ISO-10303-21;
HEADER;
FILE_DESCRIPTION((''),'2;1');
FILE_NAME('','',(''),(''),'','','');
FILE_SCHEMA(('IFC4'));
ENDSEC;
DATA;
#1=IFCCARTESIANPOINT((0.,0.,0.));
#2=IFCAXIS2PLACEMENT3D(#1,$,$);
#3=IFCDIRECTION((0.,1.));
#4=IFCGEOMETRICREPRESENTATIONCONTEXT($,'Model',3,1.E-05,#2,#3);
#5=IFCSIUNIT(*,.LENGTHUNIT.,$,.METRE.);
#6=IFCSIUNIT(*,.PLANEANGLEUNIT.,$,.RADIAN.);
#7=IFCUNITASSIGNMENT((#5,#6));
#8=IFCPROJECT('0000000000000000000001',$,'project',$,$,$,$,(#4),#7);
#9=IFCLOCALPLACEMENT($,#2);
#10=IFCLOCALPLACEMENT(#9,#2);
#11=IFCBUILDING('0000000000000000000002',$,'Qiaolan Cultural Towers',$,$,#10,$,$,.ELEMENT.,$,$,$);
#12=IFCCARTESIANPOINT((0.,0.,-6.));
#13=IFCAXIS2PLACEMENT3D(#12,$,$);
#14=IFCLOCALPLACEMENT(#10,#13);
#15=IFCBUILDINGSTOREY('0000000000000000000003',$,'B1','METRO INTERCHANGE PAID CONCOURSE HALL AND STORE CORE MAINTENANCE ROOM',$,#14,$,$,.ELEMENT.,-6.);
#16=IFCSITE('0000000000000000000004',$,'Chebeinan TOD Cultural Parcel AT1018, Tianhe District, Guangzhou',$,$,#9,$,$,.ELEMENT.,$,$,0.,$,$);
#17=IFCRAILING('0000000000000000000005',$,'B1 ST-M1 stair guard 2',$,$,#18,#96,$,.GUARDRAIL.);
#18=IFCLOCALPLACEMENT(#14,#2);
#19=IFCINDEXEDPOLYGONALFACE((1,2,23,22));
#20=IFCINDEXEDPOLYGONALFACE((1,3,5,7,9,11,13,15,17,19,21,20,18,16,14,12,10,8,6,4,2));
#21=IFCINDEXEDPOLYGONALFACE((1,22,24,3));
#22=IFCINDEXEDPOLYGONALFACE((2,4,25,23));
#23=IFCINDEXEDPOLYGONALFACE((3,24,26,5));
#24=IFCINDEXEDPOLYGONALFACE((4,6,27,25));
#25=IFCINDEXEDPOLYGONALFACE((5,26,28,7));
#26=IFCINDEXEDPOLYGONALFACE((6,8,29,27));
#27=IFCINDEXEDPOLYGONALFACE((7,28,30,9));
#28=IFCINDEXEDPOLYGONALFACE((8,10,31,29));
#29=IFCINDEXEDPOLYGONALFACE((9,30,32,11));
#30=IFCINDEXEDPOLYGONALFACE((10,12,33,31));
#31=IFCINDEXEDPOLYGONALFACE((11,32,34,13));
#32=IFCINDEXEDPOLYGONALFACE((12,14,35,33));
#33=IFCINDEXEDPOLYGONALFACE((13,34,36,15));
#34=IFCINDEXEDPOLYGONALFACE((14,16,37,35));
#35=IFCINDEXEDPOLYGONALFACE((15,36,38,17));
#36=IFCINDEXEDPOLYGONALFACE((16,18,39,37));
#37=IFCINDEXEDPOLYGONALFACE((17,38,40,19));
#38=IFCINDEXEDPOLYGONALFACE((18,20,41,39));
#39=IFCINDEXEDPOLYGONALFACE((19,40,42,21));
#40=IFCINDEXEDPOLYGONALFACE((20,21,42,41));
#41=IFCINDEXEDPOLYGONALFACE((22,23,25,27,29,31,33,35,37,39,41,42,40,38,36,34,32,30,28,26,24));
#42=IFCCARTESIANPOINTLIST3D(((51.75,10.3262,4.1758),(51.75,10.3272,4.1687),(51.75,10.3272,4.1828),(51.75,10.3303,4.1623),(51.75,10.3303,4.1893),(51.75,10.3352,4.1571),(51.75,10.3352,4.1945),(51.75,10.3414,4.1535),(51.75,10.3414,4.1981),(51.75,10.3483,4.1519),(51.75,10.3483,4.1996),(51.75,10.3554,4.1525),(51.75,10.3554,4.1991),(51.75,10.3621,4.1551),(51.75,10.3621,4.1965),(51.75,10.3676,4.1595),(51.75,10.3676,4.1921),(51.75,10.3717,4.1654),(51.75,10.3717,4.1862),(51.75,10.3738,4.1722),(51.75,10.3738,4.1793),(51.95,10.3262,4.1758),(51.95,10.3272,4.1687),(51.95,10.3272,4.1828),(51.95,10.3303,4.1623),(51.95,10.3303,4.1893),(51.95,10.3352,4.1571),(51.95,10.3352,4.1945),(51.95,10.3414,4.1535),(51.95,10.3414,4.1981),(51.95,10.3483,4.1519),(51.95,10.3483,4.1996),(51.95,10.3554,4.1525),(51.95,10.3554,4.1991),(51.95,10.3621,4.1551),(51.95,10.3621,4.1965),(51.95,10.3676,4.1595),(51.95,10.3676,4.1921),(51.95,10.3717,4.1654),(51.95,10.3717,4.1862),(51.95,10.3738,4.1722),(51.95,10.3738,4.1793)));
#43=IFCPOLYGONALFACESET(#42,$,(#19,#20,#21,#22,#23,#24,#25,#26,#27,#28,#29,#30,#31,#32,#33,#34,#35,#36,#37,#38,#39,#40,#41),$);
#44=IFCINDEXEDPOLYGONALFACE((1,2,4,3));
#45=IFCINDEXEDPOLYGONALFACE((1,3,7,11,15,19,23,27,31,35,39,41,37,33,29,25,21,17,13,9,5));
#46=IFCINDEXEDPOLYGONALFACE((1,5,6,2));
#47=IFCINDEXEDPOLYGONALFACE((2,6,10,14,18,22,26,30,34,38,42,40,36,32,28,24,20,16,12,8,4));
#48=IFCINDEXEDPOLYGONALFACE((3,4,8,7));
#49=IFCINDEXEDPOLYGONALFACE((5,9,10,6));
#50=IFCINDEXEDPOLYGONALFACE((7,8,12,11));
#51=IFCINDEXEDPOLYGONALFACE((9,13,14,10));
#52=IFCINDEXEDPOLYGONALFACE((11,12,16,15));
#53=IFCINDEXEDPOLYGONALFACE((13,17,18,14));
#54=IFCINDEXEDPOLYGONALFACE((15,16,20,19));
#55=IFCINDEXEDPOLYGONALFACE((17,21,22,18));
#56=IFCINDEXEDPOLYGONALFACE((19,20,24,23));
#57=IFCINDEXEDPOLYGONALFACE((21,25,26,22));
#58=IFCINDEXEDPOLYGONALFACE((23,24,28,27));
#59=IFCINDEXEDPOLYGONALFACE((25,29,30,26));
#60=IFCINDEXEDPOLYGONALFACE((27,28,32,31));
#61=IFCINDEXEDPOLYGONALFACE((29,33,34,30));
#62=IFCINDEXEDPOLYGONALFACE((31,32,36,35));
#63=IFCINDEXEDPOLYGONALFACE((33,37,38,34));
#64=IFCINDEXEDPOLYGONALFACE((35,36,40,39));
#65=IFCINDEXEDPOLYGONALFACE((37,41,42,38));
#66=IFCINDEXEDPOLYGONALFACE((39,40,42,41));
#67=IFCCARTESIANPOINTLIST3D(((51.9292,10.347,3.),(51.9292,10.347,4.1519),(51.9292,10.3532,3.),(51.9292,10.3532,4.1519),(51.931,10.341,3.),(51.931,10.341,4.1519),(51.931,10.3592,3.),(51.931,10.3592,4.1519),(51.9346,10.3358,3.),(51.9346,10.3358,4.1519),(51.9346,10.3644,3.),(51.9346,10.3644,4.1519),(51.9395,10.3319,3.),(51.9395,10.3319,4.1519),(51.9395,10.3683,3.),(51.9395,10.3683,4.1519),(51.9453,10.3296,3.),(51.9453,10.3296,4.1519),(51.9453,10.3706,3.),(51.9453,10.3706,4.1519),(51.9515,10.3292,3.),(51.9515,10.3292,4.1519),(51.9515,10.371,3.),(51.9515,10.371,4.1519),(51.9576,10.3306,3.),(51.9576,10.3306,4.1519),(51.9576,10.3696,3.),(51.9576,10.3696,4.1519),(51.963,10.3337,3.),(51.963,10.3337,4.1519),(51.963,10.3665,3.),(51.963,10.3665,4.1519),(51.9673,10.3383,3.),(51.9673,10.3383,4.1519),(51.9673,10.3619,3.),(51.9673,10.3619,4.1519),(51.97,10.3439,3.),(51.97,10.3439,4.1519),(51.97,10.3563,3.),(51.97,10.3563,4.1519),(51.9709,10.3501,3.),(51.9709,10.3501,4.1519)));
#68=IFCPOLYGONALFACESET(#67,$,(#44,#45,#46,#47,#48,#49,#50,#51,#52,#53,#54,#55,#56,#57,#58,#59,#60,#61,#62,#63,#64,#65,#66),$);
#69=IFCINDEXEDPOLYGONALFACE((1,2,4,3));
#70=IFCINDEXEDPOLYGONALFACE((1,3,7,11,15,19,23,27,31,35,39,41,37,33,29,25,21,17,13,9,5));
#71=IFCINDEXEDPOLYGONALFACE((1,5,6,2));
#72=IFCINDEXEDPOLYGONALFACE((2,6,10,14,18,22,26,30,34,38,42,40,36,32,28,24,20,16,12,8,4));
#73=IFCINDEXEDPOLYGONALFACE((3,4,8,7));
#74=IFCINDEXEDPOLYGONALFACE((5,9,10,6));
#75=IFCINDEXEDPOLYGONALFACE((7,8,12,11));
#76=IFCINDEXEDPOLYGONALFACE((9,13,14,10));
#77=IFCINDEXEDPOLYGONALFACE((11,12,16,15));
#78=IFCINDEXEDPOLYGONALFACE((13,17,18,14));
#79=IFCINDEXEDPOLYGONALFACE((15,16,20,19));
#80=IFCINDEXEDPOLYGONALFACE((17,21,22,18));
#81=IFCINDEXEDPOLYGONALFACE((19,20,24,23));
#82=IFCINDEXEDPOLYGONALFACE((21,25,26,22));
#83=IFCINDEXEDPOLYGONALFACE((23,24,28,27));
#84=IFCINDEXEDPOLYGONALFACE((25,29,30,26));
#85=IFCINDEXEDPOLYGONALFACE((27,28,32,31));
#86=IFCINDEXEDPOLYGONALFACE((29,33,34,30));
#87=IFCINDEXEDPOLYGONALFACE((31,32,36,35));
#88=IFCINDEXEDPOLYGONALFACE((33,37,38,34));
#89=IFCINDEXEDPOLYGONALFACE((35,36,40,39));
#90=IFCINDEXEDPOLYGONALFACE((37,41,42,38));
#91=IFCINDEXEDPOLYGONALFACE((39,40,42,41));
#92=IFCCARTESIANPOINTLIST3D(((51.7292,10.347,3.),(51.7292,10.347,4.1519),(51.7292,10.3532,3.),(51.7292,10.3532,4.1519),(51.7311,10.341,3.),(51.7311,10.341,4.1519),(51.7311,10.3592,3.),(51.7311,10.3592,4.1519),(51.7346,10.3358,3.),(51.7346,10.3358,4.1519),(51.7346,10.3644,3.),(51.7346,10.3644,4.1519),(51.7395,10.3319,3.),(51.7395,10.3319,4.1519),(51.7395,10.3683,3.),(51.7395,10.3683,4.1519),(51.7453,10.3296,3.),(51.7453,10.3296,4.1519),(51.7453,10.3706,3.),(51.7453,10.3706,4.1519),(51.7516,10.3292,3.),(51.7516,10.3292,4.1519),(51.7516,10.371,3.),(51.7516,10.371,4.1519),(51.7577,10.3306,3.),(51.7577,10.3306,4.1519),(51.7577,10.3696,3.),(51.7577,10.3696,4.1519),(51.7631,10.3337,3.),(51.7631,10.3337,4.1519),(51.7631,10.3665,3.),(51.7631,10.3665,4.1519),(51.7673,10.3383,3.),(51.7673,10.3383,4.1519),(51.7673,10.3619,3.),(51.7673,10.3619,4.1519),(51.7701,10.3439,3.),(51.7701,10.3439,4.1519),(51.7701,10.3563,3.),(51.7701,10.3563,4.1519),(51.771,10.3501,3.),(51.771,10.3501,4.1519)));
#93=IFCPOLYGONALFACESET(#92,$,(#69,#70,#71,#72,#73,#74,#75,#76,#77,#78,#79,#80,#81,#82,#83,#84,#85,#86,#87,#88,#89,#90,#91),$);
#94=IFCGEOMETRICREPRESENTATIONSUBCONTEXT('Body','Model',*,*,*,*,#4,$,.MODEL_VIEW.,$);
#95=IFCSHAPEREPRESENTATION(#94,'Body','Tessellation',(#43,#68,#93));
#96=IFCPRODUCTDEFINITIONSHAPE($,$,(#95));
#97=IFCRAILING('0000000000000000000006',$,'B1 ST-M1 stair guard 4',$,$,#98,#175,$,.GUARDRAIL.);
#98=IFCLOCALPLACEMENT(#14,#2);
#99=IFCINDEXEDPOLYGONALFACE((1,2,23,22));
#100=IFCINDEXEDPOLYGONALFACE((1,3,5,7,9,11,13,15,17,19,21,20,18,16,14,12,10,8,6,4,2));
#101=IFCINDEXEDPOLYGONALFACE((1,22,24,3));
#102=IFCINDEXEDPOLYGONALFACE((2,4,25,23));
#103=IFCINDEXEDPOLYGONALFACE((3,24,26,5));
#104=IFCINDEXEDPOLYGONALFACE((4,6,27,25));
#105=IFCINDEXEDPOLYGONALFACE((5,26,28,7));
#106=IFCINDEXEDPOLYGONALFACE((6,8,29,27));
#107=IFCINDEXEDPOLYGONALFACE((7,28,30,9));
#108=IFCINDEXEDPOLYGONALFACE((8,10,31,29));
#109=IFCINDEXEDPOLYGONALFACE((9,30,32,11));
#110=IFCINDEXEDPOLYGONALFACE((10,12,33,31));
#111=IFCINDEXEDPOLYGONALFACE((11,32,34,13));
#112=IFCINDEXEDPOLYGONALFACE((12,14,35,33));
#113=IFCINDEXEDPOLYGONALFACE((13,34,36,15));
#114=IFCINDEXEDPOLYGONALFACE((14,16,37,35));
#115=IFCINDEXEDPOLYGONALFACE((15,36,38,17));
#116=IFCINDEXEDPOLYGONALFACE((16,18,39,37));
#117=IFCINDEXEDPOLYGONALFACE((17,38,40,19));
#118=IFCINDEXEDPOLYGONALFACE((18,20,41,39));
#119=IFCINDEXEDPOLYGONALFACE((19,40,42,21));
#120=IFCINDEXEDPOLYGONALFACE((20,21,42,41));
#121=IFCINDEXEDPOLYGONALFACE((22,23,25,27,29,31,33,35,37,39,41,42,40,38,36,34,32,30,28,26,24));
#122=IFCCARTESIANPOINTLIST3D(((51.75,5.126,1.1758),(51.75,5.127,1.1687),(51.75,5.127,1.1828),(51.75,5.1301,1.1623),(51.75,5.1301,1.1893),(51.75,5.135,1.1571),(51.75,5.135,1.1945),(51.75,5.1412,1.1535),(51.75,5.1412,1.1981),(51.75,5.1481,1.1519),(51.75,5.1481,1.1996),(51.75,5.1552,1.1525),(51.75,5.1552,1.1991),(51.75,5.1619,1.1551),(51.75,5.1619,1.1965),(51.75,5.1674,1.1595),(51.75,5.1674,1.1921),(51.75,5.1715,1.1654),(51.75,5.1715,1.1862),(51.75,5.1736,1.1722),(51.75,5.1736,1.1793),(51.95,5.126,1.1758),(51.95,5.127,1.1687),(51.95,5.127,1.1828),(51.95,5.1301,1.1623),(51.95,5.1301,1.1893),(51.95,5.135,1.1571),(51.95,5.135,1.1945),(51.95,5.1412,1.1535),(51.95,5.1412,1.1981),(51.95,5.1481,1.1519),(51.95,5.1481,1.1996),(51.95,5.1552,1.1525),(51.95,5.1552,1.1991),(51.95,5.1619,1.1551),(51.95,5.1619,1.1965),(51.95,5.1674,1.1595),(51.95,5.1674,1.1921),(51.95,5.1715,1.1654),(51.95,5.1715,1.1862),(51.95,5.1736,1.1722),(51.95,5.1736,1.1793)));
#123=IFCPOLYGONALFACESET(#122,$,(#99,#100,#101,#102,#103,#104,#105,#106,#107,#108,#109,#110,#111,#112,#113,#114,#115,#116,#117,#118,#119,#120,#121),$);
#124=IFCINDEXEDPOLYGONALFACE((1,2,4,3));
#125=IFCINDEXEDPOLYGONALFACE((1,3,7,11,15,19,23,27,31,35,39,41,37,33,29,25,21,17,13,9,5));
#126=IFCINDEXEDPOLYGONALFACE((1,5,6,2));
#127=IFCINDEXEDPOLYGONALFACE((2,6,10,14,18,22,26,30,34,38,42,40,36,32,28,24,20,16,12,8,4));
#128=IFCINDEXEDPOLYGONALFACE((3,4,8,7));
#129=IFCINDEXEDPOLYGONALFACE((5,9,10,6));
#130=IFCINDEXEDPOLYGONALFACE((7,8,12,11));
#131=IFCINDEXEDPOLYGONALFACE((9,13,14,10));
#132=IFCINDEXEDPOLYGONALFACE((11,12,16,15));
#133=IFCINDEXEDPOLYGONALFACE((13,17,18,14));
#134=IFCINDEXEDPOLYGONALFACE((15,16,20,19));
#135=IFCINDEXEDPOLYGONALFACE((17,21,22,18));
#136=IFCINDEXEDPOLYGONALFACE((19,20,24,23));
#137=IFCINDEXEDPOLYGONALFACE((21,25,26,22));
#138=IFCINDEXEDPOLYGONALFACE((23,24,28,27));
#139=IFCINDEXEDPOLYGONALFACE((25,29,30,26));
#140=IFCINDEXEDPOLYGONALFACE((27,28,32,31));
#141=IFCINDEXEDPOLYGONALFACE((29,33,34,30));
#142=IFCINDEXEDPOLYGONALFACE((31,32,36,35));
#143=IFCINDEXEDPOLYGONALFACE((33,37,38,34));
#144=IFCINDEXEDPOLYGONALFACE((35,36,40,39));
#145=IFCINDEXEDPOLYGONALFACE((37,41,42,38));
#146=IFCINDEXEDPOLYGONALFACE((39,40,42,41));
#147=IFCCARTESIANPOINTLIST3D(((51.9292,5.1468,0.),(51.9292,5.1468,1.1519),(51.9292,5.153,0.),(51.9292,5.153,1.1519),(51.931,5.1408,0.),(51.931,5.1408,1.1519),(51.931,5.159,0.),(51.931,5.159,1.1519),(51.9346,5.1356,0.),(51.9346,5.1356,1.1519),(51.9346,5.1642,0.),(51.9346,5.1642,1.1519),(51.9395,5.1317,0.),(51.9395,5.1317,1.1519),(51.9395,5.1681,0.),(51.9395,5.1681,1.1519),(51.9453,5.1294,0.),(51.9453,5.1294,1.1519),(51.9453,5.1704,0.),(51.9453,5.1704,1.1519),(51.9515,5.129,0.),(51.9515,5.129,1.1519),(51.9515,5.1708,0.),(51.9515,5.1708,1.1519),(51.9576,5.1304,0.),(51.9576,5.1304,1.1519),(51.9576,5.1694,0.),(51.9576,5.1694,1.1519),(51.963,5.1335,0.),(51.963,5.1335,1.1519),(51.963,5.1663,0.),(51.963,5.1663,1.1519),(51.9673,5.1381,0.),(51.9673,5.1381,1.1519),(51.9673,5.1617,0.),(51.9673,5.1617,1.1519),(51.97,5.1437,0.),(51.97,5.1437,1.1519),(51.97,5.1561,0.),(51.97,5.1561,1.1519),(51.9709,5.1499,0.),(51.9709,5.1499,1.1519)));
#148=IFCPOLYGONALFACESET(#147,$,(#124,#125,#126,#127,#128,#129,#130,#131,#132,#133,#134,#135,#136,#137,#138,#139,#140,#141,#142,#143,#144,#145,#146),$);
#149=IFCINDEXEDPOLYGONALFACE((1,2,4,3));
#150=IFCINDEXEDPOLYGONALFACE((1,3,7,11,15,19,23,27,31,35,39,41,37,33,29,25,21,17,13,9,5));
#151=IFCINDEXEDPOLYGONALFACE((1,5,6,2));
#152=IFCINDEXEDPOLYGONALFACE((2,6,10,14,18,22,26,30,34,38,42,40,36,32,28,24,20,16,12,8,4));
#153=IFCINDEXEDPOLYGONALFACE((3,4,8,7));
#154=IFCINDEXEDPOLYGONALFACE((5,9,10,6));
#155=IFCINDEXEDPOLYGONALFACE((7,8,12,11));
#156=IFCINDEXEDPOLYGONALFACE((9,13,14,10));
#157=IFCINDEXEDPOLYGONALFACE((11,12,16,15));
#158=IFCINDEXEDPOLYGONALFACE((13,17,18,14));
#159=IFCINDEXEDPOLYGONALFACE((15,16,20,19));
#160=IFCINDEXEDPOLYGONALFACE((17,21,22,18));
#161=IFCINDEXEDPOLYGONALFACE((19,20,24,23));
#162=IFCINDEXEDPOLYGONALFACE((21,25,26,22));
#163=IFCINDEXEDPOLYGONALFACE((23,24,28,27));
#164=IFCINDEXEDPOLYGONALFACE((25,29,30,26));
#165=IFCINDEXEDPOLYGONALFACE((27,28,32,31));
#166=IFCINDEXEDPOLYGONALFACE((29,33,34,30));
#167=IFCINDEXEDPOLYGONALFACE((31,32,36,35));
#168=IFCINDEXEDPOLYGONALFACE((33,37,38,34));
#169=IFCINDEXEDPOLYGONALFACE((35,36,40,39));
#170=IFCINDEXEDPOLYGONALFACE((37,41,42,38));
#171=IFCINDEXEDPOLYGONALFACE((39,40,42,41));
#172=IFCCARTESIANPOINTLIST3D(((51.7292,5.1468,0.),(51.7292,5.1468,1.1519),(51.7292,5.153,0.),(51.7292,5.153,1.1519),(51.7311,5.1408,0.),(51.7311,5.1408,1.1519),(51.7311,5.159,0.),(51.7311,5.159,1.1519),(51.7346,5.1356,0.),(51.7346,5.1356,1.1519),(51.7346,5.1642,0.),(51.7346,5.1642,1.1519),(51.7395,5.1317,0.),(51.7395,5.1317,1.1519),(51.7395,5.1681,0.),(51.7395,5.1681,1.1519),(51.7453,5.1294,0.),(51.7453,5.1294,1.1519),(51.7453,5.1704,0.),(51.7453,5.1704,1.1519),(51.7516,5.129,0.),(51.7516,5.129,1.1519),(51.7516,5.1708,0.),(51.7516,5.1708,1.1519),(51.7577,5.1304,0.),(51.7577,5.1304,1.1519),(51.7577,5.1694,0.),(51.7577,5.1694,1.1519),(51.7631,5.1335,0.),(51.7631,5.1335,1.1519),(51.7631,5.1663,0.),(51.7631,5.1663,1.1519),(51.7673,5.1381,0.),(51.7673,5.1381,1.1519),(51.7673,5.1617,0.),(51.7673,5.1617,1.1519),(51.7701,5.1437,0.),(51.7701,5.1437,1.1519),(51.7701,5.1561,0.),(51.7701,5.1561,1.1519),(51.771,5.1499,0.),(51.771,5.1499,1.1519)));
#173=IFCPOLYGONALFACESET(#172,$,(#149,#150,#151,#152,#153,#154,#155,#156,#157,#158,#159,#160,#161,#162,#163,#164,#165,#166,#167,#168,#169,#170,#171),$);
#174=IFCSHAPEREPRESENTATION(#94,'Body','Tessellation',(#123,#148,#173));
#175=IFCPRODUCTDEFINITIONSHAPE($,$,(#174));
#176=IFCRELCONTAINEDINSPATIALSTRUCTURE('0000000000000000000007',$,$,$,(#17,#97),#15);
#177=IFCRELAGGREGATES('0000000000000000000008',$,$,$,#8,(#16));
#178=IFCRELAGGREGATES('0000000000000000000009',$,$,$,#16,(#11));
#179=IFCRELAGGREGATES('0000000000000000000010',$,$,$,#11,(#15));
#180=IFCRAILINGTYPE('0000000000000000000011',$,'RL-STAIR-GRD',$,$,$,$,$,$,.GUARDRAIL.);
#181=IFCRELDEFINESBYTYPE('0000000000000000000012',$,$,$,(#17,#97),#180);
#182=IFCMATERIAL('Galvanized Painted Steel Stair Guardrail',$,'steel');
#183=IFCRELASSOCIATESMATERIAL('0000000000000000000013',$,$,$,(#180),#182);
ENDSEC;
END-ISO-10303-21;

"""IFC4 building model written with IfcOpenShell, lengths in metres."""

from ifc_helpers import new_model, si_unit, direction, frame, origin, origin_2d, place, context, subcontext, project, spatial, circle, extrude, material, type_object, element, save


model = new_model("IFC4")

# Units and contexts
model_context = context("Model", 3, precision=1e-05, world=origin(), true_north=direction((0.0, 1.0)))
body_context = subcontext(model_context, "Body", "Model", "MODEL_VIEW")
ifc_project = project(units=[si_unit("LENGTHUNIT", "METRE"), si_unit("PLANEANGLEUNIT", "RADIAN")], contexts=[model_context])

# Site, building, storey
site_placement = place(None, origin())
site = spatial("IfcSite", under=ifc_project, at=site_placement, Name="Chebeinan TOD Cultural Parcel AT1018, Tianhe District, Guangzhou", CompositionType="ELEMENT", RefElevation=0.0)
building_placement = place(site_placement, origin())
building = spatial("IfcBuilding", under=site, at=building_placement, Name="Qiaolan Cultural Towers", CompositionType="ELEMENT")
storey_placement = place(building_placement, frame((0.0, 0.0, -6.0)))
storey = spatial("IfcBuildingStorey", under=building, at=storey_placement, Name="B1", Description="METRO INTERCHANGE PAID CONCOURSE HALL AND STORE CORE MAINTENANCE ROOM", CompositionType="ELEMENT", Elevation=-6.0)

# Railings
ifc_material_1 = material(Name="Galvanized Painted Steel Stair Guardrail", Category="steel")
railing_type_1 = type_object("IfcRailingType", Name="RL-STAIR-GRD", PredefinedType="GUARDRAIL", material=ifc_material_1)
for number, where, name in (
    (1, (51.95, 10.3501, 3.0), "B1 ST-M1 stair guard 2"),
    (2, (51.95, 5.1499, 0.0), "B1 ST-M1 stair guard 4"),
):
    element("IfcRailing", number, at=place(storey_placement, frame(where)), inside=storey, type_object=railing_type_1, Name=name, PredefinedType="GUARDRAIL", context=body_context, shape_type="SweptSolid", body=[
        extrude(circle(Radius=0.0239, at=origin_2d()), frame((0.0, 0.0, 1.1758), z_axis=(-1.0, 0.0, 0.0), x_axis=(0.0, -1.0, 0.0)), (0.0, 0.0, 1.0), 0.2),
        extrude(circle(Radius=0.021, at=origin_2d()), origin(), (0.0, 0.0, 1.0), 1.1519),
        extrude(circle(Radius=0.021, at=origin_2d()), frame((-0.2, 0.0, 0.0)), (0.0, 0.0, 1.0), 1.1519),
    ])

save(model, "model.ifc")
